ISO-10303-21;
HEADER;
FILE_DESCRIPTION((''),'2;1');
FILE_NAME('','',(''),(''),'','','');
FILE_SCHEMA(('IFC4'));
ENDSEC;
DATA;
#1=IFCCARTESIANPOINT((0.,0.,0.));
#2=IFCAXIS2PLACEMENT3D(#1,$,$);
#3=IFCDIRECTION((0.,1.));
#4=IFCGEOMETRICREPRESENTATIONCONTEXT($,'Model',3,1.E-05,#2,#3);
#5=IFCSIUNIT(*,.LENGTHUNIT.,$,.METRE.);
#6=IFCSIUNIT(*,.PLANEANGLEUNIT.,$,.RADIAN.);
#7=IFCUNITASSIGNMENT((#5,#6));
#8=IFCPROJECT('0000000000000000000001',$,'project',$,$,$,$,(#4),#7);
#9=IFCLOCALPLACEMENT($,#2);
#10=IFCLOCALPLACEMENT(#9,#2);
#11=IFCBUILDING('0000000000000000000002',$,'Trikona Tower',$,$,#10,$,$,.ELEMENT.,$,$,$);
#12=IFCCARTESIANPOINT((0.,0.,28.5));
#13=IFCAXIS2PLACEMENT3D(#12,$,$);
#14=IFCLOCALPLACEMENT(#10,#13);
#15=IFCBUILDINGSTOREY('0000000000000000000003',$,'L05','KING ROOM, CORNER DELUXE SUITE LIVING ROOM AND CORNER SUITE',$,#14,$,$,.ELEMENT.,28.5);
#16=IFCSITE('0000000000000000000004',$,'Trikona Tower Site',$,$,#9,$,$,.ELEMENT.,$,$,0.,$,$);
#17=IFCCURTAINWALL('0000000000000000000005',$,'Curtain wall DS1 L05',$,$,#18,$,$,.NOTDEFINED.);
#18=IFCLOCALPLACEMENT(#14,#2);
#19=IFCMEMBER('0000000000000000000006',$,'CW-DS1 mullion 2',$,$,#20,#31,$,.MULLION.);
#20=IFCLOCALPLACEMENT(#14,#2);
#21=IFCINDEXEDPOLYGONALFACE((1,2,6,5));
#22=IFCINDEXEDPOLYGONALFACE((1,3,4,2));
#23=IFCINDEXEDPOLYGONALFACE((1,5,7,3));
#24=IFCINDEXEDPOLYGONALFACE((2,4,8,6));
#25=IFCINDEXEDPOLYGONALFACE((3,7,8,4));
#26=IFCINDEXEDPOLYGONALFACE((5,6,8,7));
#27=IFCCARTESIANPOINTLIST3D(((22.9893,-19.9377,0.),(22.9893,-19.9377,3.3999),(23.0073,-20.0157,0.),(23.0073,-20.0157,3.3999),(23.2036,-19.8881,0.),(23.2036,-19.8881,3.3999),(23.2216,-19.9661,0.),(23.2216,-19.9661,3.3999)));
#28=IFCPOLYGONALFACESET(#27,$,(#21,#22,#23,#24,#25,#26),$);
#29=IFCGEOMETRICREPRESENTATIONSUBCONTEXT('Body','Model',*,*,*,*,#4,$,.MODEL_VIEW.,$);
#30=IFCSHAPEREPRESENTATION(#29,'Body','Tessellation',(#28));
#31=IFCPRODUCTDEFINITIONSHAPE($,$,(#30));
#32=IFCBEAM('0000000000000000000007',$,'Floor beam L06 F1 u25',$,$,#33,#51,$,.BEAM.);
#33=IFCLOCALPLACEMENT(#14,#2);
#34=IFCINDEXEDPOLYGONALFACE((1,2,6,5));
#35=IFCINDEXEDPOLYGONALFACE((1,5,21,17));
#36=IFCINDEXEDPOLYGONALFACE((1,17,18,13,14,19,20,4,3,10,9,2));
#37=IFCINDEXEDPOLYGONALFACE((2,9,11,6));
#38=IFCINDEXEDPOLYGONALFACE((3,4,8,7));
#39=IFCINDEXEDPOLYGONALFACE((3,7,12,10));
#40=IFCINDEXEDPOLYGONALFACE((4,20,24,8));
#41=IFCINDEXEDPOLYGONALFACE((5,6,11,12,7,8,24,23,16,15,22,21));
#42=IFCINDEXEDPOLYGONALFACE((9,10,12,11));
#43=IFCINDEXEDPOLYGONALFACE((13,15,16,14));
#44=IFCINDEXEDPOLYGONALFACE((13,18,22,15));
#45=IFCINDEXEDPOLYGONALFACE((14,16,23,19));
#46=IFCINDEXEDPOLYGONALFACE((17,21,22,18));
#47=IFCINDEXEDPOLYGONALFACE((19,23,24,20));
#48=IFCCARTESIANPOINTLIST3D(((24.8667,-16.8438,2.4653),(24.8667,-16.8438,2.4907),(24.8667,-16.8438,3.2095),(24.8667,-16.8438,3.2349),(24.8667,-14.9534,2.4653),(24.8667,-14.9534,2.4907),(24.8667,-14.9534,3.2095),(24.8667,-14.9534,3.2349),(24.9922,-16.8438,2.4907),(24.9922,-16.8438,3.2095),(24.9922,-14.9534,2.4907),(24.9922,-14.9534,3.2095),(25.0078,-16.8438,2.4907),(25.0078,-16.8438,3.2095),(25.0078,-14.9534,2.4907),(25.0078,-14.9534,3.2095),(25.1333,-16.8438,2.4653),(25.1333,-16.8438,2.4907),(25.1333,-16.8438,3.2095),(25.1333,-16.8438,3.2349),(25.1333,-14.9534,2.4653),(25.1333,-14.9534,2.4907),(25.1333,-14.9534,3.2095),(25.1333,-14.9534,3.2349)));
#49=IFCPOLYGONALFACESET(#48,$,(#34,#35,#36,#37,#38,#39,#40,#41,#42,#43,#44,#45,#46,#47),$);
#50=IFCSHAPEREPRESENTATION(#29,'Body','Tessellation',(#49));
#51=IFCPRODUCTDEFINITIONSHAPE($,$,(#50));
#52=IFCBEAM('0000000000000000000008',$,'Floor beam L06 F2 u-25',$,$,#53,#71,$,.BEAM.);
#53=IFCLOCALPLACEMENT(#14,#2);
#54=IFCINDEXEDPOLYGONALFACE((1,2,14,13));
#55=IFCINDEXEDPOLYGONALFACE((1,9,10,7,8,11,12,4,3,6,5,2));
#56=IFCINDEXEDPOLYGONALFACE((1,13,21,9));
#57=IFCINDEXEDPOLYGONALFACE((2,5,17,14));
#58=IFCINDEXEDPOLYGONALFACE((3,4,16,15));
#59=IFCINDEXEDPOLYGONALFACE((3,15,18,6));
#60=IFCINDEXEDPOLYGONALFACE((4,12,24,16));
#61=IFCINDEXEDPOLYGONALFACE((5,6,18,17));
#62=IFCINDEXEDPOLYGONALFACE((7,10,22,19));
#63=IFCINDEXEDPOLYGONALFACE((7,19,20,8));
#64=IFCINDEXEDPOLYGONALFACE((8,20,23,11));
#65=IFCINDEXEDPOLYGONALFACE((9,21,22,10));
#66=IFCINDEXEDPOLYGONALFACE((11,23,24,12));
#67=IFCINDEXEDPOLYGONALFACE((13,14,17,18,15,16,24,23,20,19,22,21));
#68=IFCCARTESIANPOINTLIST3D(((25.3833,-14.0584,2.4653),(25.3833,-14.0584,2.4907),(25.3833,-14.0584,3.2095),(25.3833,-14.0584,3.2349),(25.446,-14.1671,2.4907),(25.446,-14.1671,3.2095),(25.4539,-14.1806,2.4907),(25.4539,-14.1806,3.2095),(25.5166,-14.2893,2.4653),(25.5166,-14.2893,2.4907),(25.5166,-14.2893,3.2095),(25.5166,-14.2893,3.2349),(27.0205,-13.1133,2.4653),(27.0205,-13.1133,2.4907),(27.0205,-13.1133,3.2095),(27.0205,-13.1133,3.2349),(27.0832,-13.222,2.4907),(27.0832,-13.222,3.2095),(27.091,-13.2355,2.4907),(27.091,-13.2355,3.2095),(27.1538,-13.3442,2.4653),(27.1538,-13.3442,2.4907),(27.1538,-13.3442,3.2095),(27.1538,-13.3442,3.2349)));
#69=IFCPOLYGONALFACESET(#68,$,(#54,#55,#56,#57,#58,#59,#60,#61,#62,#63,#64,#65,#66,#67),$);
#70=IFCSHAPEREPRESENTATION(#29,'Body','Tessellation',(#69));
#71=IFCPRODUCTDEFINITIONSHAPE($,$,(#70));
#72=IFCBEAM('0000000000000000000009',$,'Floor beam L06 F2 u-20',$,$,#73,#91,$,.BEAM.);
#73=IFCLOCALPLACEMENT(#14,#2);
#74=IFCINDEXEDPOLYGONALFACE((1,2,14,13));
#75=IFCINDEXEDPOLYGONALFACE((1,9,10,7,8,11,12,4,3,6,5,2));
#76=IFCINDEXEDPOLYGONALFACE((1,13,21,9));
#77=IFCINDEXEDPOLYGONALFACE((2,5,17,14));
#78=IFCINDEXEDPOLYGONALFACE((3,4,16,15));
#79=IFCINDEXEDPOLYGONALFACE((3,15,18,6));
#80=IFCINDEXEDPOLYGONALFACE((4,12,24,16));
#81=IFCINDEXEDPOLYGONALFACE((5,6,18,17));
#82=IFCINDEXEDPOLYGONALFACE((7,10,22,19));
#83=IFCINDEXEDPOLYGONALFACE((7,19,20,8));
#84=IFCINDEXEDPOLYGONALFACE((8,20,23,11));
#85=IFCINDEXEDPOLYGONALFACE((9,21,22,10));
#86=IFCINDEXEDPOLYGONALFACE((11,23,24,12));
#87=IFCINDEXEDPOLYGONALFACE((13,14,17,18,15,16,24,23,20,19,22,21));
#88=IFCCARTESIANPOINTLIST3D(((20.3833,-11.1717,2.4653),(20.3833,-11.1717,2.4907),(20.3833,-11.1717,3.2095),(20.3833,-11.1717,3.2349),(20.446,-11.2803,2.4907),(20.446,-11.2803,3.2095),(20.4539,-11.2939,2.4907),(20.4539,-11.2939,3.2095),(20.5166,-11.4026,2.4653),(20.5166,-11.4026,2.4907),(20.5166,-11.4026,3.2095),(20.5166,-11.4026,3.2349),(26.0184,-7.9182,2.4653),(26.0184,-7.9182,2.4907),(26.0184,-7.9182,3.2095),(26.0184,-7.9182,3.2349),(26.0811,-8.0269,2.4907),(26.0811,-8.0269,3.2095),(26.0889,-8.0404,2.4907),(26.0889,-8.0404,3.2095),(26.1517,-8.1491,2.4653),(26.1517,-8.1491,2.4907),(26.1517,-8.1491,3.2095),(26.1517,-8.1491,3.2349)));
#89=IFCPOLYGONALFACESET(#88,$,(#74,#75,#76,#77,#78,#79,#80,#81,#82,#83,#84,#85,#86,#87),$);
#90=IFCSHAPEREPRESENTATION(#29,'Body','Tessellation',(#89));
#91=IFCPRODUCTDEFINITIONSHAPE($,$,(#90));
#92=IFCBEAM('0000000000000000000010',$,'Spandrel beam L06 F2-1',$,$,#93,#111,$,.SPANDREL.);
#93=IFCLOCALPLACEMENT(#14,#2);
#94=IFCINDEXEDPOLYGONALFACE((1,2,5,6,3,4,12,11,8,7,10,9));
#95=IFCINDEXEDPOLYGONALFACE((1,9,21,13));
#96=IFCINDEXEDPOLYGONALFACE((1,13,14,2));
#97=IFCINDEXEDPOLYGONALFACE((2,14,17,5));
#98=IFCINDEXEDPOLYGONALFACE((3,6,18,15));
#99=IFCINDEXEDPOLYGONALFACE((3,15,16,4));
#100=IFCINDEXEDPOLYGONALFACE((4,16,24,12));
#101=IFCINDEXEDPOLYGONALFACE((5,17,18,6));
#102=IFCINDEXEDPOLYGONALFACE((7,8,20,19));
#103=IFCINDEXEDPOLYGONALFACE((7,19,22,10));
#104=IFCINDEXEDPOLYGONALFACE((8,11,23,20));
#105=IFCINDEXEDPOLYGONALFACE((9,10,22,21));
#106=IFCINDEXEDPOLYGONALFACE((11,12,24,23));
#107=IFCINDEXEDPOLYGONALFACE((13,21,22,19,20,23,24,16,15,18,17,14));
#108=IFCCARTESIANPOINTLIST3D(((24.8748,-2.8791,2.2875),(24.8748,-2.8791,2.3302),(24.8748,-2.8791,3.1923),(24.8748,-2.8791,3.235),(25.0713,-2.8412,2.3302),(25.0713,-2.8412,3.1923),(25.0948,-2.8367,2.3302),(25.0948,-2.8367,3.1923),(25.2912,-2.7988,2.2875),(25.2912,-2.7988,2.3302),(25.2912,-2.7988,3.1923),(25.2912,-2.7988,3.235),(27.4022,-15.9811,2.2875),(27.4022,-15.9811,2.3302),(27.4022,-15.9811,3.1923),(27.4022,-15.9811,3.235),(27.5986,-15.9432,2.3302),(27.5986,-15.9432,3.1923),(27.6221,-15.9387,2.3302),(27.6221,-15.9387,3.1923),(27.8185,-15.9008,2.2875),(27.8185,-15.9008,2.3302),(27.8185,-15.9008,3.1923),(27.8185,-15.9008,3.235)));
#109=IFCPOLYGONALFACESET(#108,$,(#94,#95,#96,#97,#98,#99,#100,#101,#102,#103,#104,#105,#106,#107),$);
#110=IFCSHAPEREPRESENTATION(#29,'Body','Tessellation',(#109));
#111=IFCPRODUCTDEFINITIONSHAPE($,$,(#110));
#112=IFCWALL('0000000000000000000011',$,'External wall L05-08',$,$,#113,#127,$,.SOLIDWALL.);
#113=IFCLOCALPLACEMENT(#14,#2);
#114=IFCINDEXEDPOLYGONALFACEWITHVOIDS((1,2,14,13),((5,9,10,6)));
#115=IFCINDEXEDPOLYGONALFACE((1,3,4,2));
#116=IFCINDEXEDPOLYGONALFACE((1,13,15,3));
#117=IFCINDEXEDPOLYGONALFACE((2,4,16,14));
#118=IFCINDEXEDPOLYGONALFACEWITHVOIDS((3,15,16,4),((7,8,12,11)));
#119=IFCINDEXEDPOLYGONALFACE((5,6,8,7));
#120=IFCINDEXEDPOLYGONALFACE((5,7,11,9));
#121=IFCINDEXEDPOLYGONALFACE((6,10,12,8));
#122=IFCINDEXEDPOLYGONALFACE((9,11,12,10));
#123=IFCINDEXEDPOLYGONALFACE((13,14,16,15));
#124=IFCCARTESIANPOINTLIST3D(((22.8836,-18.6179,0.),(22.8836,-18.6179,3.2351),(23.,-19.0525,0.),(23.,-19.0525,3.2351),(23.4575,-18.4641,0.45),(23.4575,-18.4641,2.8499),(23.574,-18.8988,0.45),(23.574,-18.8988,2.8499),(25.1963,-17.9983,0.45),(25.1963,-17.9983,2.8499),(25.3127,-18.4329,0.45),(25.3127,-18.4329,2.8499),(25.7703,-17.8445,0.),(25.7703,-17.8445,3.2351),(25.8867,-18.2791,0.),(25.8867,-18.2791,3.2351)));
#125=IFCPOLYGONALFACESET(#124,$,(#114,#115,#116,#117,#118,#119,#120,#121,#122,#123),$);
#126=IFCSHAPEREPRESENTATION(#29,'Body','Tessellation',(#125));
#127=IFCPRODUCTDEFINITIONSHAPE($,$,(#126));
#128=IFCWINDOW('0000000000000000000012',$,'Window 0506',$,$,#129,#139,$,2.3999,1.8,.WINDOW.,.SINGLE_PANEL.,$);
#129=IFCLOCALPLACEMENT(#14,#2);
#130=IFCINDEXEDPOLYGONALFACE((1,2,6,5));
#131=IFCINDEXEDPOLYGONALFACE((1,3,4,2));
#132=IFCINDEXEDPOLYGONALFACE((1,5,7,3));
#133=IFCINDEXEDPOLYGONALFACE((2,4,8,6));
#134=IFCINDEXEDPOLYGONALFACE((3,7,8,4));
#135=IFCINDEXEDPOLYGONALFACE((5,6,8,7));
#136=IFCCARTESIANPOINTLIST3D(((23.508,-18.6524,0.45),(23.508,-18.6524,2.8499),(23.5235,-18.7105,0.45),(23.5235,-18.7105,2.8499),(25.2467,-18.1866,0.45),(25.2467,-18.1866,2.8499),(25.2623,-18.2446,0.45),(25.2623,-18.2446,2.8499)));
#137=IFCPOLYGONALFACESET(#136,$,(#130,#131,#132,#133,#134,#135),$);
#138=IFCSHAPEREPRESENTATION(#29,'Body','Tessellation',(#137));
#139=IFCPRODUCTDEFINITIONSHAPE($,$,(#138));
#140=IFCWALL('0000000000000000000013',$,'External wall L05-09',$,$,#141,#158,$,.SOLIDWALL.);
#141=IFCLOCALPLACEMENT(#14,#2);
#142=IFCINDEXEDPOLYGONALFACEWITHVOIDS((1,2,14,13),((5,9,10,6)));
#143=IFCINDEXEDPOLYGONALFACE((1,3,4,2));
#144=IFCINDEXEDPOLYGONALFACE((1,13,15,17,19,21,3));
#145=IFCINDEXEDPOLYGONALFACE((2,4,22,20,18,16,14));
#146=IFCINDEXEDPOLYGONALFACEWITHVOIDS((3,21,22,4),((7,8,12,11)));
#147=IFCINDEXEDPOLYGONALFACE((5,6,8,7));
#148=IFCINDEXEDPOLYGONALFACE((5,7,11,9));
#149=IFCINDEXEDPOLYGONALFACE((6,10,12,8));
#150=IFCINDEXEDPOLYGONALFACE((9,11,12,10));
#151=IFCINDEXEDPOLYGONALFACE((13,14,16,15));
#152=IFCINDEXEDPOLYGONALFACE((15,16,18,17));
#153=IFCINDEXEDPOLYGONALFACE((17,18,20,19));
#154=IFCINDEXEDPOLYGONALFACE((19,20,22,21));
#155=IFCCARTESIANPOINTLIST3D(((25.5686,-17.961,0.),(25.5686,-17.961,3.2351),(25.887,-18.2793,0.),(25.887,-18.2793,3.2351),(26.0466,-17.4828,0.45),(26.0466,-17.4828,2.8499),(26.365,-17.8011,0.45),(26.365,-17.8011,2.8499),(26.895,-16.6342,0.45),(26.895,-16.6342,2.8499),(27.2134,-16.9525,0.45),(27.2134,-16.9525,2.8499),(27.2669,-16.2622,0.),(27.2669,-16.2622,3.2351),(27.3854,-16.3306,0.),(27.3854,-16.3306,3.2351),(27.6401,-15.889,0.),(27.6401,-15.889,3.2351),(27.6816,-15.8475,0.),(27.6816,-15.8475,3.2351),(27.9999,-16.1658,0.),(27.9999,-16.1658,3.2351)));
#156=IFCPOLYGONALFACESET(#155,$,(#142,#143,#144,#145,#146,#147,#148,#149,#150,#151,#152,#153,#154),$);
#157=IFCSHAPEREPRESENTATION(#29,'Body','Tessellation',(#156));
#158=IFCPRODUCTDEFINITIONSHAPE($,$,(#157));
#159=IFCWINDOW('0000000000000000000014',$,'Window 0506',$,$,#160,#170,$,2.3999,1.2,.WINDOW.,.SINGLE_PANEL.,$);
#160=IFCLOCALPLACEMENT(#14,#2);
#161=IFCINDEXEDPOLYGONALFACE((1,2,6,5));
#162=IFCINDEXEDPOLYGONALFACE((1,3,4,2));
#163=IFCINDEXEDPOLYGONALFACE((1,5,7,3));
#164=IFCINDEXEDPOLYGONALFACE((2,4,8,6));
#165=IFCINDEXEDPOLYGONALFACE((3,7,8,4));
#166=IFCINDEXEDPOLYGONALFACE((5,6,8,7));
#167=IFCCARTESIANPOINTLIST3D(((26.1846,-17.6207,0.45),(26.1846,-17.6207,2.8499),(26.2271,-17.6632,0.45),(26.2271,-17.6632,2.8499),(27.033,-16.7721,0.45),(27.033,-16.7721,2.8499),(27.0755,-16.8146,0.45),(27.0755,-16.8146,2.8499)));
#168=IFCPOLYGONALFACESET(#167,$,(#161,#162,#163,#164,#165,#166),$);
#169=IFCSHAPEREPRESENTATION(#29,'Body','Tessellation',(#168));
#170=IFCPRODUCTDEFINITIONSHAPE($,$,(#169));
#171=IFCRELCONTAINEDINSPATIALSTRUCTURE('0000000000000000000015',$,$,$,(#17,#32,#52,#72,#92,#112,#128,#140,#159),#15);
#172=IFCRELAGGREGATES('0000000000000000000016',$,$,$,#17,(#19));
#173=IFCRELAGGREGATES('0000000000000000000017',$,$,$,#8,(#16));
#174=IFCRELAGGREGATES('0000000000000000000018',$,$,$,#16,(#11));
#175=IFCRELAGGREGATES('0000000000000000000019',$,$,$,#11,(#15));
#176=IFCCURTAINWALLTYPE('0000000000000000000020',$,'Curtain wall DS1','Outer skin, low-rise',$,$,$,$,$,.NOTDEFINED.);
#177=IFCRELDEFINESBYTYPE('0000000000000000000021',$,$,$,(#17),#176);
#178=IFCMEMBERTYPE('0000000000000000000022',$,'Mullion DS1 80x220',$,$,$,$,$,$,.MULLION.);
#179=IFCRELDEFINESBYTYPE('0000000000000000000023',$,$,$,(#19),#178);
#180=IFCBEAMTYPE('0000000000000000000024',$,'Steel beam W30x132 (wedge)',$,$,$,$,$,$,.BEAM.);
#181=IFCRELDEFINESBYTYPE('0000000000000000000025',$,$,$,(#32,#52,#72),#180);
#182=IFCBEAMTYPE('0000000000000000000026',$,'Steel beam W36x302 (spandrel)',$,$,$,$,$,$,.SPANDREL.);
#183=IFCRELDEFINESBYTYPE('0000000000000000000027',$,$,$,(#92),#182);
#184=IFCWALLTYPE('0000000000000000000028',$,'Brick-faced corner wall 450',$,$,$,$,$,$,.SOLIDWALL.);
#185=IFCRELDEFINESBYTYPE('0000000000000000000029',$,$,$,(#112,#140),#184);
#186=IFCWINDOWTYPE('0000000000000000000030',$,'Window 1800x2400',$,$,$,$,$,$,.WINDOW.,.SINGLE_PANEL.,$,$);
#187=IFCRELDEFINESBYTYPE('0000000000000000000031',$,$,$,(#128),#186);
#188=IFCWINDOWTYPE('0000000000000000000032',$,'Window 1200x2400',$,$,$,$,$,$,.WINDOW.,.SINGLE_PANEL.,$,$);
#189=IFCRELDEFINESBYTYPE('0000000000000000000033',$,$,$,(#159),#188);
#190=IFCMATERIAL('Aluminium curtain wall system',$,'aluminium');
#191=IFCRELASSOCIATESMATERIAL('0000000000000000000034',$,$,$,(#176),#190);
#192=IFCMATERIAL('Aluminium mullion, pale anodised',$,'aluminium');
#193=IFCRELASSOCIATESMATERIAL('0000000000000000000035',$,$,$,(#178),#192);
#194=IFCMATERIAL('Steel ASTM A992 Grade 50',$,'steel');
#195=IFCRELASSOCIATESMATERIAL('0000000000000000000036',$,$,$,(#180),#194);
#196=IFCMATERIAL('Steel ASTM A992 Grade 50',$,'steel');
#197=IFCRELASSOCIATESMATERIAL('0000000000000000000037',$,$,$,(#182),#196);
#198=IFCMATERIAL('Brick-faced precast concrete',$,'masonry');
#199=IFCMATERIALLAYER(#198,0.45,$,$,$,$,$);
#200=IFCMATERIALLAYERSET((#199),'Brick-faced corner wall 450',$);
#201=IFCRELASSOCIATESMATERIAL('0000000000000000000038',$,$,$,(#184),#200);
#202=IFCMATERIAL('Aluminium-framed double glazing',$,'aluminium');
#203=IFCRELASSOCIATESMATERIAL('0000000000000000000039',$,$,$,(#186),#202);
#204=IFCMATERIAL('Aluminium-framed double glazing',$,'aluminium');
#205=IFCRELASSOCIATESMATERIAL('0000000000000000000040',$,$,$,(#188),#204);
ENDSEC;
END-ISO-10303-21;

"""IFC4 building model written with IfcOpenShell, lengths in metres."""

from ifc_helpers import new_model, si_unit, direction, frame, frame_2d, origin, origin_2d, place, context, subcontext, project, spatial, polyline, rectangle, i_section, outline, extrude, material, layer, layer_set, material_profile, profile_set, type_object, element, fill, aggregate, save


model = new_model("IFC4")

# Units and contexts
model_context = context("Model", 3, precision=1e-05, world=origin(), true_north=direction((0.0, 1.0)))
body_context = subcontext(model_context, "Body", "Model", "MODEL_VIEW")
ifc_project = project(units=[si_unit("LENGTHUNIT", "METRE"), si_unit("PLANEANGLEUNIT", "RADIAN")], contexts=[model_context])

# Site, building, storey
site_placement = place(None, origin())
site = spatial("IfcSite", under=ifc_project, at=site_placement, Name="Trikona Tower Site", CompositionType="ELEMENT", RefElevation=0.0)
building_placement = place(site_placement, origin())
building = spatial("IfcBuilding", under=site, at=building_placement, Name="Trikona Tower", CompositionType="ELEMENT")
storey_placement = place(building_placement, frame((0.0, 0.0, 28.5)))
storey = spatial("IfcBuildingStorey", under=building, at=storey_placement, Name="L05", Description="KING ROOM, CORNER DELUXE SUITE LIVING ROOM AND CORNER SUITE", CompositionType="ELEMENT", Elevation=28.5)

# Curtain wall, member
ifc_material_1 = material(Name="Aluminium curtain wall system", Category="aluminium")
curtain_wall_type = type_object("IfcCurtainWallType", Name="Curtain wall DS1", Description="Outer skin, low-rise", PredefinedType="NOTDEFINED", material=ifc_material_1)
curtain_wall_placement = place(storey_placement, origin())
curtain_wall = element("IfcCurtainWall", 1, at=curtain_wall_placement, inside=storey, type_object=curtain_wall_type, Name="Curtain wall DS1 L05", PredefinedType="NOTDEFINED")
ifc_material_2 = material(Name="Aluminium mullion, pale anodised", Category="aluminium")
ifc_material_profile_1 = material_profile(ifc_material_2, rectangle(XDim=0.0801, YDim=0.22, at=origin_2d()), Name="MUL-DS1")
ifc_profile_set_1 = profile_set([ifc_material_profile_1], Name="Aluminium mullion, pale anodised")
member_type = type_object("IfcMemberType", Name="Mullion DS1 80x220", PredefinedType="MULLION", material=ifc_profile_set_1)
member_placement = place(storey_placement, frame((23.1055, -19.9519, 0.0), z_axis=(0.0, 0.0, 1.0), x_axis=(-0.225343, 0.974279, 0.0)))
member = element("IfcMember", 2, at=member_placement, type_object=member_type, Name="CW-DS1 mullion 2", PredefinedType="MULLION", context=body_context, shape_type="SweptSolid", body=[
    extrude(rectangle(XDim=0.0801, YDim=0.22, at=origin_2d()), origin(), (0.0, 0.0, 1.0), 3.3999),
])
aggregate(curtain_wall, [member])

# Beams
ifc_material_3 = material(Name="Steel ASTM A992 Grade 50", Category="steel")
ifc_material_profile_2 = material_profile(ifc_material_3, i_section(OverallWidth=0.2666, OverallDepth=0.7695, WebThickness=0.0156, FlangeThickness=0.0254, at=origin_2d()), Name="W30X132")
ifc_profile_set_2 = profile_set([ifc_material_profile_2], Name="Steel ASTM A992 Grade 50")
beam_type_1 = type_object("IfcBeamType", Name="Steel beam W30x132 (wedge)", PredefinedType="BEAM", material=ifc_profile_set_2)
for number, where, z_axis, x_axis, name in (
    (3, (25.0, -14.9534, 2.8501), (0.0, -1.0, 0.0), (1.0, 0.0, 0.0), "Floor beam L06 F1 u25"),
    (4, (25.45, -14.1738, 2.8501), (0.866065, 0.499931, 0.0), (-0.499931, 0.866065, 0.0), "Floor beam L06 F2 u-25"),
):
    element("IfcBeam", number, at=place(storey_placement, frame(where, z_axis=z_axis, x_axis=x_axis)), inside=storey, type_object=beam_type_1, Name=name, PredefinedType="BEAM", context=body_context, shape_type="SweptSolid", body=[
        extrude(i_section(OverallWidth=0.2666, OverallDepth=0.7695, WebThickness=0.0156, FlangeThickness=0.0254, at=origin_2d()), origin(), (0.0, 0.0, 1.0), 1.8904),
    ])
beam_1_placement = place(storey_placement, frame((20.45, -11.2871, 2.8501), z_axis=(0.866023, 0.500005, 0.0), x_axis=(-0.500005, 0.866023, 0.0)))
element("IfcBeam", 5, at=beam_1_placement, inside=storey, type_object=beam_type_1, Name="Floor beam L06 F2 u-20", PredefinedType="BEAM", context=body_context, shape_type="SweptSolid", body=[
    extrude(i_section(OverallWidth=0.2666, OverallDepth=0.7695, WebThickness=0.0156, FlangeThickness=0.0254, at=origin_2d()), origin(), (0.0, 0.0, 1.0), 6.5068),
])
ifc_material_4 = material(Name="Steel ASTM A992 Grade 50", Category="steel")
ifc_material_profile_3 = material_profile(ifc_material_4, i_section(OverallWidth=0.4241, OverallDepth=0.9475, WebThickness=0.0239, FlangeThickness=0.0427, at=origin_2d()), Name="W36X302")
ifc_profile_set_3 = profile_set([ifc_material_profile_3], Name="Steel ASTM A992 Grade 50")
beam_type_2 = type_object("IfcBeamType", Name="Steel beam W36x302 (spandrel)", PredefinedType="SPANDREL", material=ifc_profile_set_3)
beam_2_placement = place(storey_placement, frame((27.6104, -15.9409, 2.7612), z_axis=(-0.189405, 0.981899, 0.0), x_axis=(-0.981899, -0.189405, 0.0)))
element("IfcBeam", 6, at=beam_2_placement, inside=storey, type_object=beam_type_2, Name="Spandrel beam L06 F2-1", PredefinedType="SPANDREL", context=body_context, shape_type="SweptSolid", body=[
    extrude(i_section(OverallWidth=0.4241, OverallDepth=0.9475, WebThickness=0.0239, FlangeThickness=0.0427, at=origin_2d()), origin(), (0.0, 0.0, 1.0), 13.3435),
])

# Walls, openings, windows
ifc_material_5 = material(Name="Brick-faced precast concrete", Category="masonry")
ifc_layer_1 = layer(ifc_material_5, 0.45)
ifc_layer_set_1 = layer_set([ifc_layer_1], Name="Brick-faced corner wall 450")
wall_type_1 = type_object("IfcWallType", Name="Brick-faced corner wall 450", PredefinedType="SOLIDWALL", material=ifc_layer_set_1)
wall_1_placement = place(storey_placement, frame((22.9419, -18.8352, 0.0), z_axis=(0.0, 0.0, 1.0), x_axis=(0.965931, 0.258801, 0.0)))
wall_1 = element("IfcWall", 7, at=wall_1_placement, inside=storey, type_object=wall_type_1, Name="External wall L05-08", PredefinedType="SOLIDWALL", context=body_context, shape_type="SweptSolid", body=[
    extrude(rectangle(XDim=2.9885, YDim=0.45, at=frame_2d((1.4941, 0.0))), origin(), (0.0, 0.0, 1.0), 3.2351),
])
opening_1_placement = place(wall_1_placement, frame((0.5942, 0.0, 0.45)))
opening_1 = element("IfcOpeningElement", 8, at=opening_1_placement, cuts=wall_1, PredefinedType="OPENING", context=body_context, shape_type="SweptSolid", body=[
    extrude(rectangle(XDim=1.8, YDim=2.3999, at=frame_2d((0.8999, 1.2))), frame((0.0, 0.2349, 0.0), z_axis=(0.0, -1.0, 0.0), x_axis=(1.0, 0.0, 0.0)), (0.0, 0.0, 1.0), 0.47),
])
ifc_material_6 = material(Name="Aluminium-framed double glazing", Category="aluminium")
window_type_1 = type_object("IfcWindowType", Name="Window 1800x2400", PartitioningType="SINGLE_PANEL", PredefinedType="WINDOW", material=ifc_material_6)
window_1_placement = place(opening_1_placement, origin())
window_1 = element("IfcWindow", 9, at=window_1_placement, inside=storey, type_object=window_type_1, Name="Window 0506", OverallHeight=2.3999, OverallWidth=1.8, PartitioningType="SINGLE_PANEL", PredefinedType="WINDOW", context=body_context, shape_type="SweptSolid", body=[
    extrude(rectangle(XDim=1.8, YDim=2.3999, at=frame_2d((0.8999, 1.2))), frame((0.0, 0.03, 0.0), z_axis=(0.0, -1.0, 0.0), x_axis=(1.0, 0.0, 0.0)), (0.0, 0.0, 1.0), 0.0601),
])
fill(opening_1, window_1)
wall_2_placement = place(storey_placement, frame((25.7278, -18.1201, 0.0), z_axis=(0.0, 0.0, 1.0), x_axis=(0.707025, 0.707188, 0.0)))
wall_2 = element("IfcWall", 10, at=wall_2_placement, inside=storey, type_object=wall_type_1, Name="External wall L05-09", PredefinedType="SOLIDWALL", context=body_context, shape_type="SweptSolid", body=[
    extrude(outline(polyline([(2.9885, 0.2251), (2.9299, 0.2251), (2.4375, 0.093), (2.4021, 0.2251), (0.0, 0.2251), (0.0, -0.2251), (2.9885, -0.2251), (2.9885, 0.2251)])), origin(), (0.0, 0.0, 1.0), 3.2351),
])
opening_2_placement = place(wall_2_placement, frame((0.676, 0.0, 0.45)))
opening_2 = element("IfcOpeningElement", 11, at=opening_2_placement, cuts=wall_2, PredefinedType="OPENING", context=body_context, shape_type="SweptSolid", body=[
    extrude(rectangle(XDim=1.2, YDim=2.3999, at=frame_2d((0.6001, 1.2))), frame((0.0, 0.2349, 0.0), z_axis=(0.0, -1.0, 0.0), x_axis=(1.0, 0.0, 0.0)), (0.0, 0.0, 1.0), 0.47),
])
ifc_material_7 = material(Name="Aluminium-framed double glazing", Category="aluminium")
window_type_2 = type_object("IfcWindowType", Name="Window 1200x2400", PartitioningType="SINGLE_PANEL", PredefinedType="WINDOW", material=ifc_material_7)
window_2_placement = place(opening_2_placement, origin())
window_2 = element("IfcWindow", 12, at=window_2_placement, inside=storey, type_object=window_type_2, Name="Window 0506", OverallHeight=2.3999, OverallWidth=1.2, PartitioningType="SINGLE_PANEL", PredefinedType="WINDOW", context=body_context, shape_type="SweptSolid", body=[
    extrude(rectangle(XDim=1.2, YDim=2.3999, at=frame_2d((0.6001, 1.2))), frame((0.0, 0.03, 0.0), z_axis=(0.0, -1.0, 0.0), x_axis=(1.0, 0.0, 0.0)), (0.0, 0.0, 1.0), 0.0601),
])
fill(opening_2, window_2)

save(model, "model.ifc")
